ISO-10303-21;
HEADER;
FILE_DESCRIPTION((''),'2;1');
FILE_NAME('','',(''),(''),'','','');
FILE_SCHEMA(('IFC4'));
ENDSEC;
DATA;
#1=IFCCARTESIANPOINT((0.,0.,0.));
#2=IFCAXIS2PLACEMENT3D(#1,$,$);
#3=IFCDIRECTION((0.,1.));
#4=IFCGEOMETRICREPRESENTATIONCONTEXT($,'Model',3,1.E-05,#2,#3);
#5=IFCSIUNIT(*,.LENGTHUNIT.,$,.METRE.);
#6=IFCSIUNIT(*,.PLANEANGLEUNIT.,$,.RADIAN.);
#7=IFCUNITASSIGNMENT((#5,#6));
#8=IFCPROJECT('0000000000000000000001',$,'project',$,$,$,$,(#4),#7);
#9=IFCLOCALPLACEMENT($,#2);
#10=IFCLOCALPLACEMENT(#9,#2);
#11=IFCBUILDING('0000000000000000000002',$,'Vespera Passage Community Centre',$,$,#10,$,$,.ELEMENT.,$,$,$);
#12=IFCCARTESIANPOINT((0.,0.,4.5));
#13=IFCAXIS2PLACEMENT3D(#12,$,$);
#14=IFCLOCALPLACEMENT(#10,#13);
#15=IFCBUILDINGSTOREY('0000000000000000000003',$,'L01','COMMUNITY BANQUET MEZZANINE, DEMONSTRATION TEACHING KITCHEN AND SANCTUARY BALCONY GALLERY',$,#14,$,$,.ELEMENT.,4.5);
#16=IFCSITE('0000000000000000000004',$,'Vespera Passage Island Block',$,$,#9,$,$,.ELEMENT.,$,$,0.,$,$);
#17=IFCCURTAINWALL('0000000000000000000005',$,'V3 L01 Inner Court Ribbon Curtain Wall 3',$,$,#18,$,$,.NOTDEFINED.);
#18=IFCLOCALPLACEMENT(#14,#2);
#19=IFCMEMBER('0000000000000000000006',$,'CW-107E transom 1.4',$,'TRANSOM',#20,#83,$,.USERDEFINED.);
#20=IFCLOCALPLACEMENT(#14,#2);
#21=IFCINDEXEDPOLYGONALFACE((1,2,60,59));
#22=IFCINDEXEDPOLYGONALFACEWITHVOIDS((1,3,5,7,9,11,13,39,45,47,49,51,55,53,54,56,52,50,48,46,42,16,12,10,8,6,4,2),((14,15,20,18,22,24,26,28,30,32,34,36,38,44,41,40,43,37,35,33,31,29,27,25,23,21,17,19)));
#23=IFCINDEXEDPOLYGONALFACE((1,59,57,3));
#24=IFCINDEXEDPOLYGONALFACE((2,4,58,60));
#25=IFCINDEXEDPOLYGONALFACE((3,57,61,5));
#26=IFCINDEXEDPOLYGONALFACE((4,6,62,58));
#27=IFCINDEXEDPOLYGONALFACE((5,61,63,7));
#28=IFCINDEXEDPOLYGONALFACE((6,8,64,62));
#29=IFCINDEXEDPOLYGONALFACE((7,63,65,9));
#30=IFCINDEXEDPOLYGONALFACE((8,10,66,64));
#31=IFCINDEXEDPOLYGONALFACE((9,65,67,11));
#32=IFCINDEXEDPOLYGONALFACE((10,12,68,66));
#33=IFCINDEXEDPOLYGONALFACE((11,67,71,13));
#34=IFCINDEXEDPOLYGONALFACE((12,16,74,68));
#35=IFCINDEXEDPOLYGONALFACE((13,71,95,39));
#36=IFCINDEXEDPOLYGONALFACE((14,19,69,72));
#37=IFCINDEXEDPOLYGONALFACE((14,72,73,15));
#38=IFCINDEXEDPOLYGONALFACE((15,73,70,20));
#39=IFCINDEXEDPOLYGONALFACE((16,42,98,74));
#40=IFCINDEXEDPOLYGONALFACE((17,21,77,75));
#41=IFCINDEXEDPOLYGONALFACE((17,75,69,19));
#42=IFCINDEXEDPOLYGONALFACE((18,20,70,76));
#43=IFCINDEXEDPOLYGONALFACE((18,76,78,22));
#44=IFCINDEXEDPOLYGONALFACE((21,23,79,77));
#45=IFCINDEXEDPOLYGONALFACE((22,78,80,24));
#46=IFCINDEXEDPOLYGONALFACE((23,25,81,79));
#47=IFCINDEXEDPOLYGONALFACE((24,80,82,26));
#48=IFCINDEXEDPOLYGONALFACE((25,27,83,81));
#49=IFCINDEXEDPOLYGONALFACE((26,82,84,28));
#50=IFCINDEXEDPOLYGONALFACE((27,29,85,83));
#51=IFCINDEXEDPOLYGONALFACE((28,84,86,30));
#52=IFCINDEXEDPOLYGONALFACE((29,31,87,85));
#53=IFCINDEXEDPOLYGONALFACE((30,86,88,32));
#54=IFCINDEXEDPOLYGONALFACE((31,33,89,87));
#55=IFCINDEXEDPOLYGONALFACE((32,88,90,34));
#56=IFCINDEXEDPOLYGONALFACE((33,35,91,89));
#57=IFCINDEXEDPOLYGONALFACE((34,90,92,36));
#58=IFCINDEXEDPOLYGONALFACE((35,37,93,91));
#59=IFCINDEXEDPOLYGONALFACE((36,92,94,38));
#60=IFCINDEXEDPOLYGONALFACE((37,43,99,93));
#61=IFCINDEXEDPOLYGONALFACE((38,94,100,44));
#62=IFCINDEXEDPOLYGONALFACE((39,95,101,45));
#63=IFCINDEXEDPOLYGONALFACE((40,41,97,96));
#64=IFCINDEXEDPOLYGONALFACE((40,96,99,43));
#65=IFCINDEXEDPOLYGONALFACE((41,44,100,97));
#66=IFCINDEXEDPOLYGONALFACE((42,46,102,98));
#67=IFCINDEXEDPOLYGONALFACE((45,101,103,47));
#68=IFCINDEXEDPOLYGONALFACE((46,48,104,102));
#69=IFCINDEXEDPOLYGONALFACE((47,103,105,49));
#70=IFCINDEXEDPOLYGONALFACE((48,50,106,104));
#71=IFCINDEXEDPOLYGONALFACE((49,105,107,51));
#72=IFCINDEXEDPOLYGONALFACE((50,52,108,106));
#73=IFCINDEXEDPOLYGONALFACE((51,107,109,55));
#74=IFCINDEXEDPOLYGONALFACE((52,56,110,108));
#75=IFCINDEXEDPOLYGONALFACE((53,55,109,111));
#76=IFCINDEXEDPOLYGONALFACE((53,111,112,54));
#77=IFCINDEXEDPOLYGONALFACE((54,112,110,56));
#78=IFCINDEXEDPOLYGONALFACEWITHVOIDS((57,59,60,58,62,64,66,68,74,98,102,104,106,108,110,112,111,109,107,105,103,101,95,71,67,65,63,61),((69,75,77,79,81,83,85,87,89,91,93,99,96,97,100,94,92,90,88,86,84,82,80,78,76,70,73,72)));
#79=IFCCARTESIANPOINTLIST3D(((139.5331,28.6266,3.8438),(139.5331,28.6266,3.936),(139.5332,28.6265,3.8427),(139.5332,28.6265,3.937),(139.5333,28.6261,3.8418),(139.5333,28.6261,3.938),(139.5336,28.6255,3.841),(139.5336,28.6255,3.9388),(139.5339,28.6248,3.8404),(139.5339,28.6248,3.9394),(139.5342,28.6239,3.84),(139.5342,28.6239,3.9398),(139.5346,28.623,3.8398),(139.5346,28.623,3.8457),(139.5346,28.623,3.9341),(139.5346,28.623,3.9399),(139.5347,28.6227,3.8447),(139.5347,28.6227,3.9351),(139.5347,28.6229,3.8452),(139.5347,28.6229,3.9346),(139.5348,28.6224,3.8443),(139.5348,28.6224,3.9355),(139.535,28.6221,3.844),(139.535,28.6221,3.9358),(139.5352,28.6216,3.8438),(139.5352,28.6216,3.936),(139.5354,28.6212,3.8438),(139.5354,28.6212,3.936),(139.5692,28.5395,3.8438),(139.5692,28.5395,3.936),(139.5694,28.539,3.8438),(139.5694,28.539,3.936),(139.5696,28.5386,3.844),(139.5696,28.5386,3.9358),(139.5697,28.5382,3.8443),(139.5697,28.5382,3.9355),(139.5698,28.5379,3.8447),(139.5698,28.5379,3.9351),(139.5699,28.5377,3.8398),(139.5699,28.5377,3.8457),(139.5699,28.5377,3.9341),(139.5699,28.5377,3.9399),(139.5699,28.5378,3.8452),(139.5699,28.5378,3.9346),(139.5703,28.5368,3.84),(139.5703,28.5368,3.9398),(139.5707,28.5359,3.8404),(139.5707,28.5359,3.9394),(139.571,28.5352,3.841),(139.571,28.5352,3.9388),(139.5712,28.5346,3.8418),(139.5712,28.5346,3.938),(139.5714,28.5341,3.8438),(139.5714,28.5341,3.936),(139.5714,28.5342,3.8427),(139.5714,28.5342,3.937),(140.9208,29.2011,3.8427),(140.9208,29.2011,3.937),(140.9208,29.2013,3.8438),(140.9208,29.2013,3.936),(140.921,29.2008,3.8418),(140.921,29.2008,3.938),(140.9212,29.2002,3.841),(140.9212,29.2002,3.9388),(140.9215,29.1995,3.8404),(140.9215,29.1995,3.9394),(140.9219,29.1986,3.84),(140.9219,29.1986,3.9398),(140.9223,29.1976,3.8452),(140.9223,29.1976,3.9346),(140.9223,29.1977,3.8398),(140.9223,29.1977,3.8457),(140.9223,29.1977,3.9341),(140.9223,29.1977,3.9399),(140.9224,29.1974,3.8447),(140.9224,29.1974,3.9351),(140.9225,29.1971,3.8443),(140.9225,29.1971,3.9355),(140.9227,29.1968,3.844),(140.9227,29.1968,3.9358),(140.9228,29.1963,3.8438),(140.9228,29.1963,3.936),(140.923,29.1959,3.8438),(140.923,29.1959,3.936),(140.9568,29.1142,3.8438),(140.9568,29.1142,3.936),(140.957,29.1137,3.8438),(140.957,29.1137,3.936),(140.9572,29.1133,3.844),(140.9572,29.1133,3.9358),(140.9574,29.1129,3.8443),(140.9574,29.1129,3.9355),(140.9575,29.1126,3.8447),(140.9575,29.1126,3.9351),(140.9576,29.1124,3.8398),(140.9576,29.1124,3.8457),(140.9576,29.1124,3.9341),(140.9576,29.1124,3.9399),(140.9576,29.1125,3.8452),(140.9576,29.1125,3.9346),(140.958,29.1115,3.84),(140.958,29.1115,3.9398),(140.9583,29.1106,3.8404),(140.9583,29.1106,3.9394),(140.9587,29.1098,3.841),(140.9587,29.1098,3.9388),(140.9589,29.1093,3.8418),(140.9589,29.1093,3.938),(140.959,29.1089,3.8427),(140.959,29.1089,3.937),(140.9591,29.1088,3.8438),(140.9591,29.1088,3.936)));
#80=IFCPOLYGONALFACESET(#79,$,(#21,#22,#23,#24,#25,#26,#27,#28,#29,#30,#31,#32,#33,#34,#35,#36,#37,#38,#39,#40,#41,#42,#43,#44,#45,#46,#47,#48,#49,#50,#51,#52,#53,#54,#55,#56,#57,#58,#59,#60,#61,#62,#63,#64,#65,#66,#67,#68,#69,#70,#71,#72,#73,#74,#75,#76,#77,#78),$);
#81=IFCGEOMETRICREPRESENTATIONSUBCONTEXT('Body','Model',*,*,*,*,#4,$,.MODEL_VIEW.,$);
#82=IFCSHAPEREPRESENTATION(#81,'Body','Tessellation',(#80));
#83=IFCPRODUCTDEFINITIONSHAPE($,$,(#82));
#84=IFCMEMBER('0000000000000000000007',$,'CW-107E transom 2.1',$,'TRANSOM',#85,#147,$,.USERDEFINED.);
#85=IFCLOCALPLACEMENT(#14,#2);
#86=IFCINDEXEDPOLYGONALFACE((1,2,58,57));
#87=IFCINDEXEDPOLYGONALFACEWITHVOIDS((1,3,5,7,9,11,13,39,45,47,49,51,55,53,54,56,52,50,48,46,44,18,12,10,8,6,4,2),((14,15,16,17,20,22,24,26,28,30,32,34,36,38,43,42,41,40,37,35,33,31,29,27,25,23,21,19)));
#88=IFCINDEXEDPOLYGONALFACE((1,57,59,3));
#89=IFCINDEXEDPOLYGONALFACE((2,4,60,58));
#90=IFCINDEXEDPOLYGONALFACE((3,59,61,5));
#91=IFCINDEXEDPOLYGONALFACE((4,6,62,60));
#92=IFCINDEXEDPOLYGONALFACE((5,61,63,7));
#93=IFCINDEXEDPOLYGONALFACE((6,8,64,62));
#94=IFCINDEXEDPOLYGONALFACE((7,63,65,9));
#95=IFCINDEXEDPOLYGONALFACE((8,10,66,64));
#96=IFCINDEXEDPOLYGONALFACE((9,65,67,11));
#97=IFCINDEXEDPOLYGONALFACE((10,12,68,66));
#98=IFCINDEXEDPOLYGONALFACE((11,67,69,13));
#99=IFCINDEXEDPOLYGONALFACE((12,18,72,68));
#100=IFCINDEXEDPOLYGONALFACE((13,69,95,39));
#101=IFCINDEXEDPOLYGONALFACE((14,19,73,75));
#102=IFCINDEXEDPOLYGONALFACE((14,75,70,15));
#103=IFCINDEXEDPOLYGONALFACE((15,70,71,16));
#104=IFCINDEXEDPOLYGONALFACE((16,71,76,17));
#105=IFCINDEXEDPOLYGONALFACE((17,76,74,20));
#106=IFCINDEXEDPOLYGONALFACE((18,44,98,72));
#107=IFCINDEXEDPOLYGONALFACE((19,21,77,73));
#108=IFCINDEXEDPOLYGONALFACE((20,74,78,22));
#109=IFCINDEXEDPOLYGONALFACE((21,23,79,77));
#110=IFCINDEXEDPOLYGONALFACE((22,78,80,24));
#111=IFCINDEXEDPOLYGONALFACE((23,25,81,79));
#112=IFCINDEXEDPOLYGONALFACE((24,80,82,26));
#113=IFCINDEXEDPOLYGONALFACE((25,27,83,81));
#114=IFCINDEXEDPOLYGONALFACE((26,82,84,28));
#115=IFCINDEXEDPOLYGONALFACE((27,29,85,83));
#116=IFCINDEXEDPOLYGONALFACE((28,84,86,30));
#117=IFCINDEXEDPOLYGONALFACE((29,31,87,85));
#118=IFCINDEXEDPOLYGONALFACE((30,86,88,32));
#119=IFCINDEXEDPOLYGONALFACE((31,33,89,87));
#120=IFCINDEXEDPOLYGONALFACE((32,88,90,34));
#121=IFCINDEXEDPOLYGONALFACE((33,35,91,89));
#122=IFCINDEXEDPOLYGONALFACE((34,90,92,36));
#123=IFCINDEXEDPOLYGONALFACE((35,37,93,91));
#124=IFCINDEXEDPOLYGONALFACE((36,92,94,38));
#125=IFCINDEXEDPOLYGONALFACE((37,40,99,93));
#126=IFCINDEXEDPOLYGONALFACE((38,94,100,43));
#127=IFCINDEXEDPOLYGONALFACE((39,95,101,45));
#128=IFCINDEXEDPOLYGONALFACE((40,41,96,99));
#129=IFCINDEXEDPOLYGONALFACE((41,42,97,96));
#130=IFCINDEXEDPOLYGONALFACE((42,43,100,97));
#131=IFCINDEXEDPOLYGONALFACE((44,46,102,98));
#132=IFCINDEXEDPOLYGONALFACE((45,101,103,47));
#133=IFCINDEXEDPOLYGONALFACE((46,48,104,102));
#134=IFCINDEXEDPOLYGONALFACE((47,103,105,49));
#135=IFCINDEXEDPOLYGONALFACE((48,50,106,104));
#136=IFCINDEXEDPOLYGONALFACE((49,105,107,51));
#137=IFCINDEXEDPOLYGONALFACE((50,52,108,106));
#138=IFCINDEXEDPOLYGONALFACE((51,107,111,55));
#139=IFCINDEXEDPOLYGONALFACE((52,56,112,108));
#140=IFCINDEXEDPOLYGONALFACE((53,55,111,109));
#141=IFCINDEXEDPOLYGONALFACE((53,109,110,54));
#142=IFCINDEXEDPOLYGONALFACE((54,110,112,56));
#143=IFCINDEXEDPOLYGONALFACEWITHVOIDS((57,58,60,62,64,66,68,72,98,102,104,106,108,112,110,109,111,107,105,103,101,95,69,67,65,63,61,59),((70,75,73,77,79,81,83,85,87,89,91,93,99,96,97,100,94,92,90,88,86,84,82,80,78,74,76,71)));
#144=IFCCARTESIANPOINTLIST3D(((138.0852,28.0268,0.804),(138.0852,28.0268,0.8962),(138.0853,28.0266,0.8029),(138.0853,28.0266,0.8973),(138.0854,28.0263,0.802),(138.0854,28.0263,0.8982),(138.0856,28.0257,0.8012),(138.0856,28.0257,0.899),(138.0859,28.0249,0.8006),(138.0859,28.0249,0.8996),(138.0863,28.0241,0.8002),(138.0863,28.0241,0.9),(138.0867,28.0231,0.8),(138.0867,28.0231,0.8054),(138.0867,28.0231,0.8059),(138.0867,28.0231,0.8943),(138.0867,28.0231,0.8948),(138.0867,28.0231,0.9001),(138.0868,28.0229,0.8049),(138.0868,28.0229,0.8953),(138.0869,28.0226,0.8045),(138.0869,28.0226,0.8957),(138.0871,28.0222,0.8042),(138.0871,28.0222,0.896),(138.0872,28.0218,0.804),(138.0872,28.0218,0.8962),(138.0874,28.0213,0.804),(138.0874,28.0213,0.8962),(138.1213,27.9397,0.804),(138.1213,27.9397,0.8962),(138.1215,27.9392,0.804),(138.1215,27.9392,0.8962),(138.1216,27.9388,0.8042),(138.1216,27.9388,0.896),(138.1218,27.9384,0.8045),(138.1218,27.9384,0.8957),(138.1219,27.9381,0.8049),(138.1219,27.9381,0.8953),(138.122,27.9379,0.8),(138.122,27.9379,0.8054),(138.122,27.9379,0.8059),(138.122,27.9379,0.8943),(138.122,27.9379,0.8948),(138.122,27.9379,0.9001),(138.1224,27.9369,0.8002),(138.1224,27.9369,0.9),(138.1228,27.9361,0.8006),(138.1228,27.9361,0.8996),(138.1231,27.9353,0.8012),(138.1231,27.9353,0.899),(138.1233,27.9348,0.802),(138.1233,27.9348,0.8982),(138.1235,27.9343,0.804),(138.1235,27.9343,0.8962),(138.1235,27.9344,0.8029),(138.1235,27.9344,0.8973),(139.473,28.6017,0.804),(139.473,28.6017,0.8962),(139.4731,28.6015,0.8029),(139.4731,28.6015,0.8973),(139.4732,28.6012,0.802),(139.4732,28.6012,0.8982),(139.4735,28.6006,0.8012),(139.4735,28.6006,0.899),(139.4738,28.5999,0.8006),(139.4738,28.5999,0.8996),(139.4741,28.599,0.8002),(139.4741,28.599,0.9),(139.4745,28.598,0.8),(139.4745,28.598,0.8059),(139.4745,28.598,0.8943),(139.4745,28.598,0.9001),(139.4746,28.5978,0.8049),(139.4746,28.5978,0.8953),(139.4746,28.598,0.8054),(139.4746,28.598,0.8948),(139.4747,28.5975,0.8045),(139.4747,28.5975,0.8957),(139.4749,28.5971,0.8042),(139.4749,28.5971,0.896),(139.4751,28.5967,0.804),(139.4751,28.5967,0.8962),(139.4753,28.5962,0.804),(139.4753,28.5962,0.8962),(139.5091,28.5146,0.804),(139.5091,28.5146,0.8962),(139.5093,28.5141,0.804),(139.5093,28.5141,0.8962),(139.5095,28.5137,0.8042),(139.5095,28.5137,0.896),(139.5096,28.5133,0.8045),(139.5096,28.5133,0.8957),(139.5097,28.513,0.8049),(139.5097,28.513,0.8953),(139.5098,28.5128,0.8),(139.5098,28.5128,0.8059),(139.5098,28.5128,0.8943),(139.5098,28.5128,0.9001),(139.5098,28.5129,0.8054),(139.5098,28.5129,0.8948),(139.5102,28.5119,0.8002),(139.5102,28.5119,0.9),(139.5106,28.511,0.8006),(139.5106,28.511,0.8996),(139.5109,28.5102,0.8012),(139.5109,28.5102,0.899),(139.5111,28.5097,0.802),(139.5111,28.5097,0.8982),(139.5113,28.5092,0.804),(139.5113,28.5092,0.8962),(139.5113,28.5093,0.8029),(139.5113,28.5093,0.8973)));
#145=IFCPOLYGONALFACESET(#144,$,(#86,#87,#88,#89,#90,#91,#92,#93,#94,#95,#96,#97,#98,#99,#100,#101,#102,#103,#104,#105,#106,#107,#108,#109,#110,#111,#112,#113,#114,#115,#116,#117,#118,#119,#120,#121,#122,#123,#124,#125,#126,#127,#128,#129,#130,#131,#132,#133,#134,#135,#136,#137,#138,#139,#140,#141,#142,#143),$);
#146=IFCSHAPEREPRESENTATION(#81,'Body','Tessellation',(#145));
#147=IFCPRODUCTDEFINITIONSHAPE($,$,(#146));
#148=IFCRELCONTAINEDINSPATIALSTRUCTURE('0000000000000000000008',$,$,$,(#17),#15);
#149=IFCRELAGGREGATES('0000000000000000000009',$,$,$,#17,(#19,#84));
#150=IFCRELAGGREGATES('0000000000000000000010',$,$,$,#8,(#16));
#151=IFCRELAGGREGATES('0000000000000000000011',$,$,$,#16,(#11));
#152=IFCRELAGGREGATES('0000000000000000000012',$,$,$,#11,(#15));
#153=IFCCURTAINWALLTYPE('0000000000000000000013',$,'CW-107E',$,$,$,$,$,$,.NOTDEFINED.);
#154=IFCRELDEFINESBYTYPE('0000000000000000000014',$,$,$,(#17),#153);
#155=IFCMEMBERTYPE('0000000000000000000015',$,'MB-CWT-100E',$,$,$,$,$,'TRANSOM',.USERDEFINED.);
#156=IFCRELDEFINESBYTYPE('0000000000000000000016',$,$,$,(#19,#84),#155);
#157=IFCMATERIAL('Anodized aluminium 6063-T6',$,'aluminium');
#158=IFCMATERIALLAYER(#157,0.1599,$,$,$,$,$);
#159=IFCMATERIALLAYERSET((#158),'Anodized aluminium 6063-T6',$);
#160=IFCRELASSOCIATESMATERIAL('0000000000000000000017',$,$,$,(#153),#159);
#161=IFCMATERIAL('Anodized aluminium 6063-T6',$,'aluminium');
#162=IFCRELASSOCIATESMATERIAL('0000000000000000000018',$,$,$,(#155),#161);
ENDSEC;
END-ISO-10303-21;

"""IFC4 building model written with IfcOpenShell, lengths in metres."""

from ifc_helpers import new_model, si_unit, direction, frame, origin, origin_2d, place, context, subcontext, project, spatial, hollow_rectangle, extrude, material, layer, layer_set, material_profile, profile_set, type_object, element, aggregate, save


model = new_model("IFC4")

# Units and contexts
model_context = context("Model", 3, precision=1e-05, world=origin(), true_north=direction((0.0, 1.0)))
body_context = subcontext(model_context, "Body", "Model", "MODEL_VIEW")
ifc_project = project(units=[si_unit("LENGTHUNIT", "METRE"), si_unit("PLANEANGLEUNIT", "RADIAN")], contexts=[model_context])

# Site, building, storey
site_placement = place(None, origin())
site = spatial("IfcSite", under=ifc_project, at=site_placement, Name="Vespera Passage Island Block", CompositionType="ELEMENT", RefElevation=0.0)
building_placement = place(site_placement, origin())
building = spatial("IfcBuilding", under=site, at=building_placement, Name="Vespera Passage Community Centre", CompositionType="ELEMENT")
storey_placement = place(building_placement, frame((0.0, 0.0, 4.5)))
storey = spatial("IfcBuildingStorey", under=building, at=storey_placement, Name="L01", Description="COMMUNITY BANQUET MEZZANINE, DEMONSTRATION TEACHING KITCHEN AND SANCTUARY BALCONY GALLERY", CompositionType="ELEMENT", Elevation=4.5)

# Curtain wall
ifc_material_1 = material(Name="Anodized aluminium 6063-T6", Category="aluminium")
ifc_layer_1 = layer(ifc_material_1, 0.1599)
ifc_layer_set_1 = layer_set([ifc_layer_1], Name="Anodized aluminium 6063-T6")
curtain_wall_type = type_object("IfcCurtainWallType", Name="CW-107E", PredefinedType="NOTDEFINED", material=ifc_layer_set_1)
curtain_wall_1_placement = place(storey_placement, origin())
curtain_wall_1 = element("IfcCurtainWall", 1, at=curtain_wall_1_placement, inside=storey, type_object=curtain_wall_type, Name="V3 L01 Inner Court Ribbon Curtain Wall 3", PredefinedType="NOTDEFINED")

# Members
ifc_material_2 = material(Name="Anodized aluminium 6063-T6", Category="aluminium")
ifc_material_profile_1 = material_profile(ifc_material_2, hollow_rectangle(XDim=0.1001, YDim=0.1001, WallThickness=0.0039, InnerFilletRadius=0.002, OuterFilletRadius=0.0039, at=origin_2d()), Name="ALU100X100X4")
ifc_profile_set_1 = profile_set([ifc_material_profile_1], Name="Anodized aluminium 6063-T6")
member_type_1 = type_object("IfcMemberType", Name="MB-CWT-100E", ElementType="TRANSOM", PredefinedType="USERDEFINED", material=ifc_profile_set_1)
member_1_placement = place(storey_placement, frame((140.9399, 29.155, 3.8899), z_axis=(-0.923902, -0.382629, 0.0), x_axis=(0.382629, -0.923902, 0.0)))
member_1 = element("IfcMember", 2, at=member_1_placement, type_object=member_type_1, Name="CW-107E transom 1.4", ObjectType="TRANSOM", PredefinedType="USERDEFINED", context=body_context, shape_type="SweptSolid", body=[
    extrude(hollow_rectangle(XDim=0.1001, YDim=0.1001, WallThickness=0.0039, InnerFilletRadius=0.002, OuterFilletRadius=0.0039, at=origin_2d()), origin(), (0.0, 0.0, 1.0), 1.502),
])
member_2_placement = place(storey_placement, frame((139.4922, 28.5554, 0.8501), z_axis=(-0.923868, -0.382711, 0.0), x_axis=(0.382711, -0.923868, 0.0)))
member_2 = element("IfcMember", 3, at=member_2_placement, type_object=member_type_1, Name="CW-107E transom 2.1", ObjectType="TRANSOM", PredefinedType="USERDEFINED", context=body_context, shape_type="SweptSolid", body=[
    extrude(hollow_rectangle(XDim=0.1001, YDim=0.1001, WallThickness=0.0039, InnerFilletRadius=0.002, OuterFilletRadius=0.0039, at=origin_2d()), origin(), (0.0, 0.0, 1.0), 1.5022),
])

aggregate(curtain_wall_1, [member_1, member_2])

save(model, "model.ifc")
